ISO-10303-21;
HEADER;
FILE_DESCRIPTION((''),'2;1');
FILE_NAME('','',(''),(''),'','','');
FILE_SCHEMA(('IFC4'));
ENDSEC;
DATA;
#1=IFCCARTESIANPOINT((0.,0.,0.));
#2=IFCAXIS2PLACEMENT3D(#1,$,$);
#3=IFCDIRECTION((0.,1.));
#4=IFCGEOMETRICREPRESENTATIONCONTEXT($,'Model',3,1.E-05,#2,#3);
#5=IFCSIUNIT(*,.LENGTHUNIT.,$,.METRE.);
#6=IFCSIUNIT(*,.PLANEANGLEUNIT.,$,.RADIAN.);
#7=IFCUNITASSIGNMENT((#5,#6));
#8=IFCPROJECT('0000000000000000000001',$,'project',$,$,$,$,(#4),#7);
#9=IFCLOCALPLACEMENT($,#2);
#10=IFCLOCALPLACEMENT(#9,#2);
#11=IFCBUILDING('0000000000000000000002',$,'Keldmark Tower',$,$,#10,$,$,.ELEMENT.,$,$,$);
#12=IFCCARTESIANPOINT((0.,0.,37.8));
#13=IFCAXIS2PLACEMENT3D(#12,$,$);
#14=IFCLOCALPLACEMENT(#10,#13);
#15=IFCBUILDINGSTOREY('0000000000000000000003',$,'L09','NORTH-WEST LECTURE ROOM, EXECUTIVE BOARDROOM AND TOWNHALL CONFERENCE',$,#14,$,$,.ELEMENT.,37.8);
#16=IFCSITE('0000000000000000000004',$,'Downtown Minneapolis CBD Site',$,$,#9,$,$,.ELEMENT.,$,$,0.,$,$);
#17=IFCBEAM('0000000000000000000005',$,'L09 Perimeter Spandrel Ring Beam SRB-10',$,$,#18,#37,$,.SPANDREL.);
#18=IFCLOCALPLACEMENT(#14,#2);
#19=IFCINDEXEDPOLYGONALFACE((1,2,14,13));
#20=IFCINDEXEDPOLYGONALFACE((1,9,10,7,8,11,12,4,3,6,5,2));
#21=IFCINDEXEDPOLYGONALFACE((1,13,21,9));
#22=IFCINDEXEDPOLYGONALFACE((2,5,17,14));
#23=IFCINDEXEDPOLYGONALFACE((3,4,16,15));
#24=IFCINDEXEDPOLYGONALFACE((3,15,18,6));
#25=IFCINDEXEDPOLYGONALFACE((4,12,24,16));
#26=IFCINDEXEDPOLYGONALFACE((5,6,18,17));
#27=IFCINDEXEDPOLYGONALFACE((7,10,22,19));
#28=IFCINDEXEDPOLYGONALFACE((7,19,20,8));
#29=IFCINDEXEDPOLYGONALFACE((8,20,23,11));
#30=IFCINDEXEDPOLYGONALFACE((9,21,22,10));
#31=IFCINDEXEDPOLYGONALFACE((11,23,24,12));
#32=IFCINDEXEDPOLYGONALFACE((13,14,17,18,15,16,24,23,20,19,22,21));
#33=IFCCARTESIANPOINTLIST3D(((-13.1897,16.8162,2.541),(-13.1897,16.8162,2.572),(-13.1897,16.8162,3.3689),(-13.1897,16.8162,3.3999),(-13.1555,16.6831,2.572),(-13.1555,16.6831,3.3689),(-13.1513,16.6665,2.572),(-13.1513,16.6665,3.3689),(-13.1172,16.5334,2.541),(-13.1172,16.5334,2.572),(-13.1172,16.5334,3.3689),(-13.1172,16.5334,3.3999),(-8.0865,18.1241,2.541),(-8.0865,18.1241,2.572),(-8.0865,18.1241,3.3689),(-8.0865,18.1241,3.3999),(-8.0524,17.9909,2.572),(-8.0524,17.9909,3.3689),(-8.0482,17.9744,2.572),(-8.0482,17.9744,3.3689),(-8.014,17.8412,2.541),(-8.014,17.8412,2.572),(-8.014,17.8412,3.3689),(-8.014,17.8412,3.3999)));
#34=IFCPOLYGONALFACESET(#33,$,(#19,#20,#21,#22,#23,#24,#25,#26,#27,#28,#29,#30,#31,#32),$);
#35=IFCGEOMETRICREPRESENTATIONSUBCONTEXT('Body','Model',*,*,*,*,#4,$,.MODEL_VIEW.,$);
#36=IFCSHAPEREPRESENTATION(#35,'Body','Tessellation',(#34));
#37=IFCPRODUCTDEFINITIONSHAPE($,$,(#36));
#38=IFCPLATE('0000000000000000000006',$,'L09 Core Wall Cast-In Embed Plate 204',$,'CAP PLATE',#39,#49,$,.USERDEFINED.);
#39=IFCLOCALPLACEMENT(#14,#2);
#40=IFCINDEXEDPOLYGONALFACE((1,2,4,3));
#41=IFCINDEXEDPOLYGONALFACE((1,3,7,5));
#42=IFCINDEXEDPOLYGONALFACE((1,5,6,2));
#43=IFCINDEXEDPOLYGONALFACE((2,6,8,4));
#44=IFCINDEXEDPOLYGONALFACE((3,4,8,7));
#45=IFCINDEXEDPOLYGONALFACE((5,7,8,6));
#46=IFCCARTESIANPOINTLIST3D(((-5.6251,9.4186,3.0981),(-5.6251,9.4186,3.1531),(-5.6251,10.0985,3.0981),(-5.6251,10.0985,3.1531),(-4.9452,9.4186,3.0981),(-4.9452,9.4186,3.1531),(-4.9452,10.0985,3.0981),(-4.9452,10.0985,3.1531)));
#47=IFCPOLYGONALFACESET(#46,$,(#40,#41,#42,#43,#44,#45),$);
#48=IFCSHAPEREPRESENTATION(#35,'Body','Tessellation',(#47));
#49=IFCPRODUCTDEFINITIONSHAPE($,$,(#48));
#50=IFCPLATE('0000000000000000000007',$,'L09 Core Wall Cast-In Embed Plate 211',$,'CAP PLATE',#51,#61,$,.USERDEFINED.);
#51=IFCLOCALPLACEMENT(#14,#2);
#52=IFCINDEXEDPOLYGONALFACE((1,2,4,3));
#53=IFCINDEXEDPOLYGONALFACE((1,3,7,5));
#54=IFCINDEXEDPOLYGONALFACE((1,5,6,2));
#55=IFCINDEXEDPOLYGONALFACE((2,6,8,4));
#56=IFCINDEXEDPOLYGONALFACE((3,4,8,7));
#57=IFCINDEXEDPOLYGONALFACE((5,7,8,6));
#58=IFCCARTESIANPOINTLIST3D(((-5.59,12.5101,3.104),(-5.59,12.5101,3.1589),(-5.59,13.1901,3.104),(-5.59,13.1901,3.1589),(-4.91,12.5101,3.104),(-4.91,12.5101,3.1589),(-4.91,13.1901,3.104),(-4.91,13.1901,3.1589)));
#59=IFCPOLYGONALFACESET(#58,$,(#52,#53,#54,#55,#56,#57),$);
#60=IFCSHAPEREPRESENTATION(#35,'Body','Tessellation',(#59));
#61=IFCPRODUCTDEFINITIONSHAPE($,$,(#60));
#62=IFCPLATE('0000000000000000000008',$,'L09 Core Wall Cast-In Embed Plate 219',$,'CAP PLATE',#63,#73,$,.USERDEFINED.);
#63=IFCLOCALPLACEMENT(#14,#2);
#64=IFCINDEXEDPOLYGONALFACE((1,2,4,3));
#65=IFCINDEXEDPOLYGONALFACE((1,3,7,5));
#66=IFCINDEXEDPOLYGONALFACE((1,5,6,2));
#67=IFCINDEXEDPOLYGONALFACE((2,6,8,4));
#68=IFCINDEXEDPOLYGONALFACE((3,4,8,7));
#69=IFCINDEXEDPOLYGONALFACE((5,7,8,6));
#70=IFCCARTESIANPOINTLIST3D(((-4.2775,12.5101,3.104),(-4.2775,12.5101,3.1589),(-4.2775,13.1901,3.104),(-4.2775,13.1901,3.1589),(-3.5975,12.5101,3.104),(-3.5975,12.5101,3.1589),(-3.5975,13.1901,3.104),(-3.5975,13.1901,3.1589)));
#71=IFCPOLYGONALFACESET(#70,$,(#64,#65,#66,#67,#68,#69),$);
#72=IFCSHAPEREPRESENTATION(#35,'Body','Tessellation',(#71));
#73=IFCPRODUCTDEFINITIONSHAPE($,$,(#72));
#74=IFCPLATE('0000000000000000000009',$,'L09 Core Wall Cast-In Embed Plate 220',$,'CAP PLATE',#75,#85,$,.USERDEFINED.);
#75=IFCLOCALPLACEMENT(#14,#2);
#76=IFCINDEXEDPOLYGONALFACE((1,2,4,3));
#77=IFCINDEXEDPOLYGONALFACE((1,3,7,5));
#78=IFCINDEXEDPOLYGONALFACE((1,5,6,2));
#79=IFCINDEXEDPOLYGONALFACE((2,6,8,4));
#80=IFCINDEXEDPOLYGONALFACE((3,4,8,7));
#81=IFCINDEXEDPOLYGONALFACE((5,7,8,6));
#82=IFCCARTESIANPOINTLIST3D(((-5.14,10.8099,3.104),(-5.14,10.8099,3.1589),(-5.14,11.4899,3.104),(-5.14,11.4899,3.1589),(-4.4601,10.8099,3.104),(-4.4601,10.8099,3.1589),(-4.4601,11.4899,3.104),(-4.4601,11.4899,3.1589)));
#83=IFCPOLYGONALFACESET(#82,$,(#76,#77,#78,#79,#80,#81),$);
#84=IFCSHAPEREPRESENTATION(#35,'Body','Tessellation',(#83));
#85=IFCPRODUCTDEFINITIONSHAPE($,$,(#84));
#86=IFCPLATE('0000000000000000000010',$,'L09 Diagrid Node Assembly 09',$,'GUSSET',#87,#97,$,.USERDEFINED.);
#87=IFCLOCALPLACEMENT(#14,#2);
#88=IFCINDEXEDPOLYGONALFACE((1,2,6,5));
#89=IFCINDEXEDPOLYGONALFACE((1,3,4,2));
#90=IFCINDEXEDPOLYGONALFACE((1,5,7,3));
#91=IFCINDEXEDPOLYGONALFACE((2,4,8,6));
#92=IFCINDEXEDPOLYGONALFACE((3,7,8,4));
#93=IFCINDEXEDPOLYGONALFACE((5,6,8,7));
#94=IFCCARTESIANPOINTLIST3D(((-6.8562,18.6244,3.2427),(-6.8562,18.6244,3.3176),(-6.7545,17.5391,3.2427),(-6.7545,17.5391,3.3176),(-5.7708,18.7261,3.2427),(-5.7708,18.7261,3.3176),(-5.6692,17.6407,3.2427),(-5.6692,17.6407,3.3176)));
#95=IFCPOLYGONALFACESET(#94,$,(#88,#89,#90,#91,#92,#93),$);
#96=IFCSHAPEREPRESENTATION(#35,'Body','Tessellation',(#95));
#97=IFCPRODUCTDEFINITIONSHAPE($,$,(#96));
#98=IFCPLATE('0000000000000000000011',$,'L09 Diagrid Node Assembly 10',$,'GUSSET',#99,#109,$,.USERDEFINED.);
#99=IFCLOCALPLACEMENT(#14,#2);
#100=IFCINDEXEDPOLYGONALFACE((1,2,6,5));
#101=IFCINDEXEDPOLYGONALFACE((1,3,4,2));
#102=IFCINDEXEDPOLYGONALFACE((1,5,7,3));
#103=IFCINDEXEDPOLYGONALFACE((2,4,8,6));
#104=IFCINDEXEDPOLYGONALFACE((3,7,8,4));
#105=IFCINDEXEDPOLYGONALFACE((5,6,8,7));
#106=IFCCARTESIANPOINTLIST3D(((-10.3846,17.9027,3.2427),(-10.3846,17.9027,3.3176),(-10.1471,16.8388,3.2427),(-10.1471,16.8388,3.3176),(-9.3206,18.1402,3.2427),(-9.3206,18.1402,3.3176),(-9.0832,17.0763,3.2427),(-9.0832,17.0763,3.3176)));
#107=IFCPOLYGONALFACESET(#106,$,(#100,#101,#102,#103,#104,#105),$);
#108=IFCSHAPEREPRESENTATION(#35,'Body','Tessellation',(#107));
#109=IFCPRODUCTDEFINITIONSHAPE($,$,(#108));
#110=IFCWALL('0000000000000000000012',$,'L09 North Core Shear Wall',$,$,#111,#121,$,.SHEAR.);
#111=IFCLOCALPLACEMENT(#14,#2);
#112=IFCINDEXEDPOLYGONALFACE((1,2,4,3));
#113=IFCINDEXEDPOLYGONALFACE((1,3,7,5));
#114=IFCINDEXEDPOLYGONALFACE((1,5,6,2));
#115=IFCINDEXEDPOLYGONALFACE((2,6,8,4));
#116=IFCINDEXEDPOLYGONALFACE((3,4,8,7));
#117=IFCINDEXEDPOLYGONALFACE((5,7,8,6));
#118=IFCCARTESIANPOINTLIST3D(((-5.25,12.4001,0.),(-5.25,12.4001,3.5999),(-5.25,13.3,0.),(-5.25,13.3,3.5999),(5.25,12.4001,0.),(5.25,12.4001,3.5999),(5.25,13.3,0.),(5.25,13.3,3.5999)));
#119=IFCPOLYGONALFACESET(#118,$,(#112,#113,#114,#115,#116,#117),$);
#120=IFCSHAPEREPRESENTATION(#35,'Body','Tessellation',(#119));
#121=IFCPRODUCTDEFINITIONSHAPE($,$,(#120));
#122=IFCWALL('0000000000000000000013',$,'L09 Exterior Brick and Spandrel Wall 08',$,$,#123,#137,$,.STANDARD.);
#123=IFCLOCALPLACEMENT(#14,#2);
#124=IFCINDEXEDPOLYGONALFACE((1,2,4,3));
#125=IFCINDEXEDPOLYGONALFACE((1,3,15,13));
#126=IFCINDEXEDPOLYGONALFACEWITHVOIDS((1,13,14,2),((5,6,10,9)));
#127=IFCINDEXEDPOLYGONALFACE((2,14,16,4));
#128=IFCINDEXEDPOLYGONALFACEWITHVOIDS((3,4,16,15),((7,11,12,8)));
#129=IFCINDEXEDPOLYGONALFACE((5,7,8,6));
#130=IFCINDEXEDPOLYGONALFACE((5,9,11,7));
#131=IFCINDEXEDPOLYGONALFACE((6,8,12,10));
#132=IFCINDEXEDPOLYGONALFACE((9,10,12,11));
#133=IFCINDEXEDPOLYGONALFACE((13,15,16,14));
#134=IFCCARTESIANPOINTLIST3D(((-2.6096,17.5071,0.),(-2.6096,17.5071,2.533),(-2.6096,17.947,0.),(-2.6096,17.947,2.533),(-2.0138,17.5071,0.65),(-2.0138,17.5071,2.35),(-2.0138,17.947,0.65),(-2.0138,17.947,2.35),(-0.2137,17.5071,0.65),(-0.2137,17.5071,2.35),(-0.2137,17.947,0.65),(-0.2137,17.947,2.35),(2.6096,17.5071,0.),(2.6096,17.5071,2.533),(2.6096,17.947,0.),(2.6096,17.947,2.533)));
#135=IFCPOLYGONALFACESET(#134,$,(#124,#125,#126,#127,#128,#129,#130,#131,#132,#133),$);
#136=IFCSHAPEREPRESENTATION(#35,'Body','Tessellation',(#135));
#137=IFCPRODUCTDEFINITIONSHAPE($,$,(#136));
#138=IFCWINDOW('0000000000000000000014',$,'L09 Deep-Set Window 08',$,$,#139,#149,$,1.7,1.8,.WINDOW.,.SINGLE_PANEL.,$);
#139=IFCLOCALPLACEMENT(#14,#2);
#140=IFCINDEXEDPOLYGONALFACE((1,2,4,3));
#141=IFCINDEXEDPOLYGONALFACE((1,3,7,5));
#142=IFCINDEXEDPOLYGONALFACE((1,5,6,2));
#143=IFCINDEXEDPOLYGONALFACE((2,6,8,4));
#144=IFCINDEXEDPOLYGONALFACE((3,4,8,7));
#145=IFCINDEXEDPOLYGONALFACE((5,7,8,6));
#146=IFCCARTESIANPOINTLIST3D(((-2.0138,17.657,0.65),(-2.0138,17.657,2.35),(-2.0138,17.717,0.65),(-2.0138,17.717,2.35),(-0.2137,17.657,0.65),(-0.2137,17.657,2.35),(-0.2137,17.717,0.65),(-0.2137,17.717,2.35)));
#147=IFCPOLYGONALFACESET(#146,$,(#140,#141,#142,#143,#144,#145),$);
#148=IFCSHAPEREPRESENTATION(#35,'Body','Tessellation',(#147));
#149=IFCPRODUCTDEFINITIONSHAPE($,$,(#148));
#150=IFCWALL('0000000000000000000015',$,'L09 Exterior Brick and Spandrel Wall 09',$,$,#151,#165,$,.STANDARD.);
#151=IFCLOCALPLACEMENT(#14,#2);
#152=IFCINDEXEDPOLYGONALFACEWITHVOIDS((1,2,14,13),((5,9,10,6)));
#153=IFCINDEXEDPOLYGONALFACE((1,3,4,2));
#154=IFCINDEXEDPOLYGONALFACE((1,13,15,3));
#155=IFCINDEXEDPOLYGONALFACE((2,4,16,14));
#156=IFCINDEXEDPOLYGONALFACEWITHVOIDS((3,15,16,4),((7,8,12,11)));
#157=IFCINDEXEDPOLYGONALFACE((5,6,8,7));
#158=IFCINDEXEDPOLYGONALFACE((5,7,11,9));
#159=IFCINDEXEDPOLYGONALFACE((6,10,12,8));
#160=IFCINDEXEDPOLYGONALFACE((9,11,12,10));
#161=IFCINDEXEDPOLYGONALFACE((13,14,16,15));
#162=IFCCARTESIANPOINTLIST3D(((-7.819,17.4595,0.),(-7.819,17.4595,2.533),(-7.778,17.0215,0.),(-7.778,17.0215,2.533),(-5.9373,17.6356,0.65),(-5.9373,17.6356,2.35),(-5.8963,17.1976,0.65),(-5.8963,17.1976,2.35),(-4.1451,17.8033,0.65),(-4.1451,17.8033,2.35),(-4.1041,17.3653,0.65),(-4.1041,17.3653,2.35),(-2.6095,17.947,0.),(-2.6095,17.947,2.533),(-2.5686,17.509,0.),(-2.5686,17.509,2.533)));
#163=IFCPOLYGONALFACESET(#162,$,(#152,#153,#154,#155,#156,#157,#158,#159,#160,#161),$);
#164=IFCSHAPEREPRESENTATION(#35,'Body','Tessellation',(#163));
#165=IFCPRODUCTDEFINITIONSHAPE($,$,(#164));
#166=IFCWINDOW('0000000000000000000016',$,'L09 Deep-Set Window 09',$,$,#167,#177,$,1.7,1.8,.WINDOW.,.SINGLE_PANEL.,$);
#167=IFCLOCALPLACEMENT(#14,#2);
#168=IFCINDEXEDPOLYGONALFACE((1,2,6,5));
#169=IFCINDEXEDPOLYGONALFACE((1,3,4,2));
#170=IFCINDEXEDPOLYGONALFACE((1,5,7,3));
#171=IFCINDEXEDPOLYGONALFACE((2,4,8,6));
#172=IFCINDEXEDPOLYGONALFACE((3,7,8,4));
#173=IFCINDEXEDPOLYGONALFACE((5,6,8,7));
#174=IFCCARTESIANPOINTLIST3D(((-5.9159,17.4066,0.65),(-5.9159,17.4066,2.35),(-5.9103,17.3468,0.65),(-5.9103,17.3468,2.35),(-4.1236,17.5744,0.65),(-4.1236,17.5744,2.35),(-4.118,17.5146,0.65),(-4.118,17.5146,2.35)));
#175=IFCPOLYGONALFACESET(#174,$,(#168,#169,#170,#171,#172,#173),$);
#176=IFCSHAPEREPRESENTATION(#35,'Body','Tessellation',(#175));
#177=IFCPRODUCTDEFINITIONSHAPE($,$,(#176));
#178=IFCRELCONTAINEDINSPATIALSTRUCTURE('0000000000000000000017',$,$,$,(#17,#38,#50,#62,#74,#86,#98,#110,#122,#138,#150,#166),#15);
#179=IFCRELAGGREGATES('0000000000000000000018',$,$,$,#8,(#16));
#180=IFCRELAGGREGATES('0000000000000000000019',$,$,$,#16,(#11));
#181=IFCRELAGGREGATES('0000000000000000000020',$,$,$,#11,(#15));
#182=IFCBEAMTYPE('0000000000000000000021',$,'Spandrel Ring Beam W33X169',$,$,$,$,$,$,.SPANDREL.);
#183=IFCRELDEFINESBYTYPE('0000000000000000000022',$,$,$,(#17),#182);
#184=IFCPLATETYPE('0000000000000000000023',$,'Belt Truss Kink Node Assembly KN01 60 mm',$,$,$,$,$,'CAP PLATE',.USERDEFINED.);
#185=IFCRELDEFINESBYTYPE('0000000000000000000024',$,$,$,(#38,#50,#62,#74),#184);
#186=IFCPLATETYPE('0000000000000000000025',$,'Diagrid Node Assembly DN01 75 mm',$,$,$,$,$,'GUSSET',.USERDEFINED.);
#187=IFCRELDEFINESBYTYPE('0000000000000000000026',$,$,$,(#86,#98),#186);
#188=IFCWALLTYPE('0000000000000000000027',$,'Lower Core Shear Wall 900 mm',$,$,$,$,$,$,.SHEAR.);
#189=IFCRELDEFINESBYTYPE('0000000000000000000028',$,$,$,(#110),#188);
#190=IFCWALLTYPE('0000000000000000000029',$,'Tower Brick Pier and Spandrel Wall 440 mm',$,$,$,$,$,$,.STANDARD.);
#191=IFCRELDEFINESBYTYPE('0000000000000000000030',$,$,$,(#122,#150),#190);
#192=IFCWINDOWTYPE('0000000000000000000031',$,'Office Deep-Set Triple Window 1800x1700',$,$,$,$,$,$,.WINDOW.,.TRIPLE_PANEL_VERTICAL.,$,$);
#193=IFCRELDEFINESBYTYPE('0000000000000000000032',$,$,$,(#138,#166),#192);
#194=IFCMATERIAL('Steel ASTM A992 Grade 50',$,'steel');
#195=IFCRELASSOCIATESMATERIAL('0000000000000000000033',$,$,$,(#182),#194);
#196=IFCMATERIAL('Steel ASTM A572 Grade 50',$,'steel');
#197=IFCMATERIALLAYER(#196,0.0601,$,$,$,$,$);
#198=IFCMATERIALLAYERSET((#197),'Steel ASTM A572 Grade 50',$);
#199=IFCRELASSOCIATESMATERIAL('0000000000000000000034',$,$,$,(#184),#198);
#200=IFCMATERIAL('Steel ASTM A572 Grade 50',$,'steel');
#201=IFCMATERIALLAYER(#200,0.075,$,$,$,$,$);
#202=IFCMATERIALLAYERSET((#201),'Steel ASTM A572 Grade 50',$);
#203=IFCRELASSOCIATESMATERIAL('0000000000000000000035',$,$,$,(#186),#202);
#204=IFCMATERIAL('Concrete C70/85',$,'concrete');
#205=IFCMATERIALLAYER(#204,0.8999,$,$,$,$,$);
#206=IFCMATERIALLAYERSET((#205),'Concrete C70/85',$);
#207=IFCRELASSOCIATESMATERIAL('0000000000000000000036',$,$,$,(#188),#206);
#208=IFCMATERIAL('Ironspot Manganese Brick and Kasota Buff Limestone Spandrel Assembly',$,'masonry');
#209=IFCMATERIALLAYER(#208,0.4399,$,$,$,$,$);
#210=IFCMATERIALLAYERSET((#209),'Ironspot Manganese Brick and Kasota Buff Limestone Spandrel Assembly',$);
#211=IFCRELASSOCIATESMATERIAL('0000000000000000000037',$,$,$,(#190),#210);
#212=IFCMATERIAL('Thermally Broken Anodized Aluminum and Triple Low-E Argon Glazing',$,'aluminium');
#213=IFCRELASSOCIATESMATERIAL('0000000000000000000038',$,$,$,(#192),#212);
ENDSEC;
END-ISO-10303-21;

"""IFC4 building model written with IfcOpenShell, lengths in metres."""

from ifc_helpers import new_model, si_unit, direction, frame, frame_2d, origin, origin_2d, place, context, subcontext, project, spatial, rectangle, i_section, extrude, material, layer, layer_set, material_profile, profile_set, type_object, element, fill, save


model = new_model("IFC4")

# Units and contexts
model_context = context("Model", 3, precision=1e-05, world=origin(), true_north=direction((0.0, 1.0)))
body_context = subcontext(model_context, "Body", "Model", "MODEL_VIEW")
ifc_project = project(units=[si_unit("LENGTHUNIT", "METRE"), si_unit("PLANEANGLEUNIT", "RADIAN")], contexts=[model_context])

# Site, building, storey
site_placement = place(None, origin())
site = spatial("IfcSite", under=ifc_project, at=site_placement, Name="Downtown Minneapolis CBD Site", CompositionType="ELEMENT", RefElevation=0.0)
building_placement = place(site_placement, origin())
building = spatial("IfcBuilding", under=site, at=building_placement, Name="Keldmark Tower", CompositionType="ELEMENT")
storey_placement = place(building_placement, frame((0.0, 0.0, 37.8)))
storey = spatial("IfcBuildingStorey", under=building, at=storey_placement, Name="L09", Description="NORTH-WEST LECTURE ROOM, EXECUTIVE BOARDROOM AND TOWNHALL CONFERENCE", CompositionType="ELEMENT", Elevation=37.8)

# Beam
ifc_material_1 = material(Name="Steel ASTM A992 Grade 50", Category="steel")
ifc_material_profile_1 = material_profile(ifc_material_1, i_section(OverallWidth=0.292, OverallDepth=0.8589, WebThickness=0.0171, FlangeThickness=0.031, at=origin_2d()), Name="W33X169")
ifc_profile_set_1 = profile_set([ifc_material_profile_1], Name="Steel ASTM A992 Grade 50")
beam_type_1 = type_object("IfcBeamType", Name="Spandrel Ring Beam W33X169", PredefinedType="SPANDREL", material=ifc_profile_set_1)
beam_1_placement = place(storey_placement, frame((-8.0503, 17.9827, 2.9705), z_axis=(-0.968692, -0.248267, 0.0), x_axis=(0.248267, -0.968692, 0.0)))
element("IfcBeam", 1, at=beam_1_placement, inside=storey, type_object=beam_type_1, Name="L09 Perimeter Spandrel Ring Beam SRB-10", PredefinedType="SPANDREL", context=body_context, shape_type="SweptSolid", body=[
    extrude(i_section(OverallWidth=0.292, OverallDepth=0.8589, WebThickness=0.0171, FlangeThickness=0.031, at=origin_2d()), origin(), (0.0, 0.0, 1.0), 5.2681),
])

# Plates
ifc_material_2 = material(Name="Steel ASTM A572 Grade 50", Category="steel")
ifc_layer_1 = layer(ifc_material_2, 0.0601)
ifc_layer_set_1 = layer_set([ifc_layer_1], Name="Steel ASTM A572 Grade 50")
plate_type_1 = type_object("IfcPlateType", Name="Belt Truss Kink Node Assembly KN01 60 mm", ElementType="CAP PLATE", PredefinedType="USERDEFINED", material=ifc_layer_set_1)
for number, where, z_axis, x_axis, name in (
    (2, (-5.2852, 9.7585, 3.0981), (0.0, 0.0, 1.0), (1.0, 0.0, 0.0), "L09 Core Wall Cast-In Embed Plate 204"),
    (3, (-5.25, 12.8501, 3.104), (0.0, 0.0, 1.0), (1.0, 0.0, 0.0), "L09 Core Wall Cast-In Embed Plate 211"),
    (4, (-3.9375, 12.8501, 3.104), (0.0, 0.0, 1.0), (1.0, 0.0, 0.0), "L09 Core Wall Cast-In Embed Plate 219"),
    (5, (-4.8, 11.1499, 3.104), (0.0, 0.0, 1.0), (1.0, 0.0, 0.0), "L09 Core Wall Cast-In Embed Plate 220"),
):
    element("IfcPlate", number, at=place(storey_placement, frame(where, z_axis=z_axis, x_axis=x_axis)), inside=storey, type_object=plate_type_1, Name=name, ObjectType="CAP PLATE", PredefinedType="USERDEFINED", context=body_context, shape_type="SweptSolid", body=[
        extrude(rectangle(XDim=0.6799, YDim=0.6799, at=origin_2d()), origin(), (0.0, 0.0, 1.0), 0.0549),
    ])
ifc_material_3 = material(Name="Steel ASTM A572 Grade 50", Category="steel")
ifc_layer_2 = layer(ifc_material_3, 0.075)
ifc_layer_set_2 = layer_set([ifc_layer_2], Name="Steel ASTM A572 Grade 50")
plate_type_2 = type_object("IfcPlateType", Name="Diagrid Node Assembly DN01 75 mm", ElementType="GUSSET", PredefinedType="USERDEFINED", material=ifc_layer_set_2)
for number, where, z_axis, x_axis, name in (
    (6, (-6.2627, 18.1326, 3.2427), (0.0, 0.0, 1.0), (-0.995644, -0.093239, 0.0), "L09 Diagrid Node Assembly 09"),
    (7, (-9.7339, 17.4895, 3.2427), (0.0, 0.0, 1.0), (-0.975993, -0.217803, 0.0), "L09 Diagrid Node Assembly 10"),
):
    element("IfcPlate", number, at=place(storey_placement, frame(where, z_axis=z_axis, x_axis=x_axis)), inside=storey, type_object=plate_type_2, Name=name, ObjectType="GUSSET", PredefinedType="USERDEFINED", context=body_context, shape_type="SweptSolid", body=[
        extrude(rectangle(XDim=1.0901, YDim=1.0901, at=origin_2d()), origin(), (0.0, 0.0, 1.0), 0.075),
    ])

# Wall
ifc_material_4 = material(Name="Concrete C70/85", Category="concrete")
ifc_layer_3 = layer(ifc_material_4, 0.8999)
ifc_layer_set_3 = layer_set([ifc_layer_3], Name="Concrete C70/85")
wall_type_1 = type_object("IfcWallType", Name="Lower Core Shear Wall 900 mm", PredefinedType="SHEAR", material=ifc_layer_set_3)
wall_1_placement = place(storey_placement, frame((-5.25, 12.8501, 0.0), z_axis=(0.0, 0.0, 1.0), x_axis=(1.0, 0.0, 0.0)))
element("IfcWall", 8, at=wall_1_placement, inside=storey, type_object=wall_type_1, Name="L09 North Core Shear Wall", PredefinedType="SHEAR", context=body_context, shape_type="SweptSolid", body=[
    extrude(rectangle(XDim=10.5, YDim=0.8999, at=frame_2d((5.25, 0.0))), origin(), (0.0, 0.0, 1.0), 3.5999),
])

# Walls, openings, windows
ifc_material_5 = material(Name="Ironspot Manganese Brick and Kasota Buff Limestone Spandrel Assembly", Category="masonry")
ifc_layer_4 = layer(ifc_material_5, 0.4399)
ifc_layer_set_4 = layer_set([ifc_layer_4], Name="Ironspot Manganese Brick and Kasota Buff Limestone Spandrel Assembly")
wall_type_2 = type_object("IfcWallType", Name="Tower Brick Pier and Spandrel Wall 440 mm", PredefinedType="STANDARD", material=ifc_layer_set_4)
wall_2_placement = place(storey_placement, frame((-2.6096, 17.7271, 0.0), z_axis=(0.0, 0.0, 1.0), x_axis=(1.0, 0.0, 0.0)))
wall_2 = element("IfcWall", 9, at=wall_2_placement, inside=storey, type_object=wall_type_2, Name="L09 Exterior Brick and Spandrel Wall 08", PredefinedType="STANDARD", context=body_context, shape_type="SweptSolid", body=[
    extrude(rectangle(XDim=5.2192, YDim=0.4399, at=frame_2d((2.6096, 0.0))), origin(), (0.0, 0.0, 1.0), 2.533),
])
opening_1_placement = place(wall_2_placement, frame((0.5959, 0.0, 0.6499)))
opening_1 = element("IfcOpeningElement", 10, at=opening_1_placement, cuts=wall_2, PredefinedType="OPENING", context=body_context, shape_type="SweptSolid", body=[
    extrude(rectangle(XDim=1.8, YDim=1.7, at=frame_2d((0.8999, 0.8501))), frame((0.0, 0.23, 0.0), z_axis=(0.0, -1.0, 0.0), x_axis=(1.0, 0.0, 0.0)), (0.0, 0.0, 1.0), 0.46),
])
ifc_material_6 = material(Name="Thermally Broken Anodized Aluminum and Triple Low-E Argon Glazing", Category="aluminium")
window_type = type_object("IfcWindowType", Name="Office Deep-Set Triple Window 1800x1700", PartitioningType="TRIPLE_PANEL_VERTICAL", PredefinedType="WINDOW", material=ifc_material_6)
window_1_placement = place(opening_1_placement, origin())
window_1 = element("IfcWindow", 11, at=window_1_placement, inside=storey, type_object=window_type, Name="L09 Deep-Set Window 08", OverallHeight=1.7, OverallWidth=1.8, PartitioningType="SINGLE_PANEL", PredefinedType="WINDOW", context=body_context, shape_type="SweptSolid", body=[
    extrude(rectangle(XDim=1.8, YDim=1.7, at=frame_2d((0.8999, 0.8501))), frame((0.0, -0.01, 0.0), z_axis=(0.0, -1.0, 0.0), x_axis=(1.0, 0.0, 0.0)), (0.0, 0.0, 1.0), 0.0601),
])
fill(opening_1, window_1)
wall_3_placement = place(storey_placement, frame((-7.7986, 17.2405, 0.0), z_axis=(0.0, 0.0, 1.0), x_axis=(0.995649, 0.093182, 0.0)))
wall_3 = element("IfcWall", 12, at=wall_3_placement, inside=storey, type_object=wall_type_2, Name="L09 Exterior Brick and Spandrel Wall 09", PredefinedType="STANDARD", context=body_context, shape_type="SweptSolid", body=[
    extrude(rectangle(XDim=5.2322, YDim=0.4399, at=frame_2d((2.6162, 0.0))), origin(), (0.0, 0.0, 1.0), 2.533),
])
opening_2_placement = place(wall_3_placement, frame((1.8901, 0.0, 0.6499)))
opening_2 = element("IfcOpeningElement", 13, at=opening_2_placement, cuts=wall_3, PredefinedType="OPENING", context=body_context, shape_type="SweptSolid", body=[
    extrude(rectangle(XDim=1.8, YDim=1.7, at=frame_2d((0.8999, 0.8501))), frame((0.0, 0.23, 0.0), z_axis=(0.0, -1.0, 0.0), x_axis=(1.0, 0.0, 0.0)), (0.0, 0.0, 1.0), 0.46),
])
window_2_placement = place(opening_2_placement, origin())
window_2 = element("IfcWindow", 14, at=window_2_placement, inside=storey, type_object=window_type, Name="L09 Deep-Set Window 09", OverallHeight=1.7, OverallWidth=1.8, PartitioningType="SINGLE_PANEL", PredefinedType="WINDOW", context=body_context, shape_type="SweptSolid", body=[
    extrude(rectangle(XDim=1.8, YDim=1.7, at=frame_2d((0.8999, 0.8501))), frame((0.0, -0.01, 0.0), z_axis=(0.0, -1.0, 0.0), x_axis=(1.0, 0.0, 0.0)), (0.0, 0.0, 1.0), 0.0601),
])
fill(opening_2, window_2)

save(model, "model.ifc")
